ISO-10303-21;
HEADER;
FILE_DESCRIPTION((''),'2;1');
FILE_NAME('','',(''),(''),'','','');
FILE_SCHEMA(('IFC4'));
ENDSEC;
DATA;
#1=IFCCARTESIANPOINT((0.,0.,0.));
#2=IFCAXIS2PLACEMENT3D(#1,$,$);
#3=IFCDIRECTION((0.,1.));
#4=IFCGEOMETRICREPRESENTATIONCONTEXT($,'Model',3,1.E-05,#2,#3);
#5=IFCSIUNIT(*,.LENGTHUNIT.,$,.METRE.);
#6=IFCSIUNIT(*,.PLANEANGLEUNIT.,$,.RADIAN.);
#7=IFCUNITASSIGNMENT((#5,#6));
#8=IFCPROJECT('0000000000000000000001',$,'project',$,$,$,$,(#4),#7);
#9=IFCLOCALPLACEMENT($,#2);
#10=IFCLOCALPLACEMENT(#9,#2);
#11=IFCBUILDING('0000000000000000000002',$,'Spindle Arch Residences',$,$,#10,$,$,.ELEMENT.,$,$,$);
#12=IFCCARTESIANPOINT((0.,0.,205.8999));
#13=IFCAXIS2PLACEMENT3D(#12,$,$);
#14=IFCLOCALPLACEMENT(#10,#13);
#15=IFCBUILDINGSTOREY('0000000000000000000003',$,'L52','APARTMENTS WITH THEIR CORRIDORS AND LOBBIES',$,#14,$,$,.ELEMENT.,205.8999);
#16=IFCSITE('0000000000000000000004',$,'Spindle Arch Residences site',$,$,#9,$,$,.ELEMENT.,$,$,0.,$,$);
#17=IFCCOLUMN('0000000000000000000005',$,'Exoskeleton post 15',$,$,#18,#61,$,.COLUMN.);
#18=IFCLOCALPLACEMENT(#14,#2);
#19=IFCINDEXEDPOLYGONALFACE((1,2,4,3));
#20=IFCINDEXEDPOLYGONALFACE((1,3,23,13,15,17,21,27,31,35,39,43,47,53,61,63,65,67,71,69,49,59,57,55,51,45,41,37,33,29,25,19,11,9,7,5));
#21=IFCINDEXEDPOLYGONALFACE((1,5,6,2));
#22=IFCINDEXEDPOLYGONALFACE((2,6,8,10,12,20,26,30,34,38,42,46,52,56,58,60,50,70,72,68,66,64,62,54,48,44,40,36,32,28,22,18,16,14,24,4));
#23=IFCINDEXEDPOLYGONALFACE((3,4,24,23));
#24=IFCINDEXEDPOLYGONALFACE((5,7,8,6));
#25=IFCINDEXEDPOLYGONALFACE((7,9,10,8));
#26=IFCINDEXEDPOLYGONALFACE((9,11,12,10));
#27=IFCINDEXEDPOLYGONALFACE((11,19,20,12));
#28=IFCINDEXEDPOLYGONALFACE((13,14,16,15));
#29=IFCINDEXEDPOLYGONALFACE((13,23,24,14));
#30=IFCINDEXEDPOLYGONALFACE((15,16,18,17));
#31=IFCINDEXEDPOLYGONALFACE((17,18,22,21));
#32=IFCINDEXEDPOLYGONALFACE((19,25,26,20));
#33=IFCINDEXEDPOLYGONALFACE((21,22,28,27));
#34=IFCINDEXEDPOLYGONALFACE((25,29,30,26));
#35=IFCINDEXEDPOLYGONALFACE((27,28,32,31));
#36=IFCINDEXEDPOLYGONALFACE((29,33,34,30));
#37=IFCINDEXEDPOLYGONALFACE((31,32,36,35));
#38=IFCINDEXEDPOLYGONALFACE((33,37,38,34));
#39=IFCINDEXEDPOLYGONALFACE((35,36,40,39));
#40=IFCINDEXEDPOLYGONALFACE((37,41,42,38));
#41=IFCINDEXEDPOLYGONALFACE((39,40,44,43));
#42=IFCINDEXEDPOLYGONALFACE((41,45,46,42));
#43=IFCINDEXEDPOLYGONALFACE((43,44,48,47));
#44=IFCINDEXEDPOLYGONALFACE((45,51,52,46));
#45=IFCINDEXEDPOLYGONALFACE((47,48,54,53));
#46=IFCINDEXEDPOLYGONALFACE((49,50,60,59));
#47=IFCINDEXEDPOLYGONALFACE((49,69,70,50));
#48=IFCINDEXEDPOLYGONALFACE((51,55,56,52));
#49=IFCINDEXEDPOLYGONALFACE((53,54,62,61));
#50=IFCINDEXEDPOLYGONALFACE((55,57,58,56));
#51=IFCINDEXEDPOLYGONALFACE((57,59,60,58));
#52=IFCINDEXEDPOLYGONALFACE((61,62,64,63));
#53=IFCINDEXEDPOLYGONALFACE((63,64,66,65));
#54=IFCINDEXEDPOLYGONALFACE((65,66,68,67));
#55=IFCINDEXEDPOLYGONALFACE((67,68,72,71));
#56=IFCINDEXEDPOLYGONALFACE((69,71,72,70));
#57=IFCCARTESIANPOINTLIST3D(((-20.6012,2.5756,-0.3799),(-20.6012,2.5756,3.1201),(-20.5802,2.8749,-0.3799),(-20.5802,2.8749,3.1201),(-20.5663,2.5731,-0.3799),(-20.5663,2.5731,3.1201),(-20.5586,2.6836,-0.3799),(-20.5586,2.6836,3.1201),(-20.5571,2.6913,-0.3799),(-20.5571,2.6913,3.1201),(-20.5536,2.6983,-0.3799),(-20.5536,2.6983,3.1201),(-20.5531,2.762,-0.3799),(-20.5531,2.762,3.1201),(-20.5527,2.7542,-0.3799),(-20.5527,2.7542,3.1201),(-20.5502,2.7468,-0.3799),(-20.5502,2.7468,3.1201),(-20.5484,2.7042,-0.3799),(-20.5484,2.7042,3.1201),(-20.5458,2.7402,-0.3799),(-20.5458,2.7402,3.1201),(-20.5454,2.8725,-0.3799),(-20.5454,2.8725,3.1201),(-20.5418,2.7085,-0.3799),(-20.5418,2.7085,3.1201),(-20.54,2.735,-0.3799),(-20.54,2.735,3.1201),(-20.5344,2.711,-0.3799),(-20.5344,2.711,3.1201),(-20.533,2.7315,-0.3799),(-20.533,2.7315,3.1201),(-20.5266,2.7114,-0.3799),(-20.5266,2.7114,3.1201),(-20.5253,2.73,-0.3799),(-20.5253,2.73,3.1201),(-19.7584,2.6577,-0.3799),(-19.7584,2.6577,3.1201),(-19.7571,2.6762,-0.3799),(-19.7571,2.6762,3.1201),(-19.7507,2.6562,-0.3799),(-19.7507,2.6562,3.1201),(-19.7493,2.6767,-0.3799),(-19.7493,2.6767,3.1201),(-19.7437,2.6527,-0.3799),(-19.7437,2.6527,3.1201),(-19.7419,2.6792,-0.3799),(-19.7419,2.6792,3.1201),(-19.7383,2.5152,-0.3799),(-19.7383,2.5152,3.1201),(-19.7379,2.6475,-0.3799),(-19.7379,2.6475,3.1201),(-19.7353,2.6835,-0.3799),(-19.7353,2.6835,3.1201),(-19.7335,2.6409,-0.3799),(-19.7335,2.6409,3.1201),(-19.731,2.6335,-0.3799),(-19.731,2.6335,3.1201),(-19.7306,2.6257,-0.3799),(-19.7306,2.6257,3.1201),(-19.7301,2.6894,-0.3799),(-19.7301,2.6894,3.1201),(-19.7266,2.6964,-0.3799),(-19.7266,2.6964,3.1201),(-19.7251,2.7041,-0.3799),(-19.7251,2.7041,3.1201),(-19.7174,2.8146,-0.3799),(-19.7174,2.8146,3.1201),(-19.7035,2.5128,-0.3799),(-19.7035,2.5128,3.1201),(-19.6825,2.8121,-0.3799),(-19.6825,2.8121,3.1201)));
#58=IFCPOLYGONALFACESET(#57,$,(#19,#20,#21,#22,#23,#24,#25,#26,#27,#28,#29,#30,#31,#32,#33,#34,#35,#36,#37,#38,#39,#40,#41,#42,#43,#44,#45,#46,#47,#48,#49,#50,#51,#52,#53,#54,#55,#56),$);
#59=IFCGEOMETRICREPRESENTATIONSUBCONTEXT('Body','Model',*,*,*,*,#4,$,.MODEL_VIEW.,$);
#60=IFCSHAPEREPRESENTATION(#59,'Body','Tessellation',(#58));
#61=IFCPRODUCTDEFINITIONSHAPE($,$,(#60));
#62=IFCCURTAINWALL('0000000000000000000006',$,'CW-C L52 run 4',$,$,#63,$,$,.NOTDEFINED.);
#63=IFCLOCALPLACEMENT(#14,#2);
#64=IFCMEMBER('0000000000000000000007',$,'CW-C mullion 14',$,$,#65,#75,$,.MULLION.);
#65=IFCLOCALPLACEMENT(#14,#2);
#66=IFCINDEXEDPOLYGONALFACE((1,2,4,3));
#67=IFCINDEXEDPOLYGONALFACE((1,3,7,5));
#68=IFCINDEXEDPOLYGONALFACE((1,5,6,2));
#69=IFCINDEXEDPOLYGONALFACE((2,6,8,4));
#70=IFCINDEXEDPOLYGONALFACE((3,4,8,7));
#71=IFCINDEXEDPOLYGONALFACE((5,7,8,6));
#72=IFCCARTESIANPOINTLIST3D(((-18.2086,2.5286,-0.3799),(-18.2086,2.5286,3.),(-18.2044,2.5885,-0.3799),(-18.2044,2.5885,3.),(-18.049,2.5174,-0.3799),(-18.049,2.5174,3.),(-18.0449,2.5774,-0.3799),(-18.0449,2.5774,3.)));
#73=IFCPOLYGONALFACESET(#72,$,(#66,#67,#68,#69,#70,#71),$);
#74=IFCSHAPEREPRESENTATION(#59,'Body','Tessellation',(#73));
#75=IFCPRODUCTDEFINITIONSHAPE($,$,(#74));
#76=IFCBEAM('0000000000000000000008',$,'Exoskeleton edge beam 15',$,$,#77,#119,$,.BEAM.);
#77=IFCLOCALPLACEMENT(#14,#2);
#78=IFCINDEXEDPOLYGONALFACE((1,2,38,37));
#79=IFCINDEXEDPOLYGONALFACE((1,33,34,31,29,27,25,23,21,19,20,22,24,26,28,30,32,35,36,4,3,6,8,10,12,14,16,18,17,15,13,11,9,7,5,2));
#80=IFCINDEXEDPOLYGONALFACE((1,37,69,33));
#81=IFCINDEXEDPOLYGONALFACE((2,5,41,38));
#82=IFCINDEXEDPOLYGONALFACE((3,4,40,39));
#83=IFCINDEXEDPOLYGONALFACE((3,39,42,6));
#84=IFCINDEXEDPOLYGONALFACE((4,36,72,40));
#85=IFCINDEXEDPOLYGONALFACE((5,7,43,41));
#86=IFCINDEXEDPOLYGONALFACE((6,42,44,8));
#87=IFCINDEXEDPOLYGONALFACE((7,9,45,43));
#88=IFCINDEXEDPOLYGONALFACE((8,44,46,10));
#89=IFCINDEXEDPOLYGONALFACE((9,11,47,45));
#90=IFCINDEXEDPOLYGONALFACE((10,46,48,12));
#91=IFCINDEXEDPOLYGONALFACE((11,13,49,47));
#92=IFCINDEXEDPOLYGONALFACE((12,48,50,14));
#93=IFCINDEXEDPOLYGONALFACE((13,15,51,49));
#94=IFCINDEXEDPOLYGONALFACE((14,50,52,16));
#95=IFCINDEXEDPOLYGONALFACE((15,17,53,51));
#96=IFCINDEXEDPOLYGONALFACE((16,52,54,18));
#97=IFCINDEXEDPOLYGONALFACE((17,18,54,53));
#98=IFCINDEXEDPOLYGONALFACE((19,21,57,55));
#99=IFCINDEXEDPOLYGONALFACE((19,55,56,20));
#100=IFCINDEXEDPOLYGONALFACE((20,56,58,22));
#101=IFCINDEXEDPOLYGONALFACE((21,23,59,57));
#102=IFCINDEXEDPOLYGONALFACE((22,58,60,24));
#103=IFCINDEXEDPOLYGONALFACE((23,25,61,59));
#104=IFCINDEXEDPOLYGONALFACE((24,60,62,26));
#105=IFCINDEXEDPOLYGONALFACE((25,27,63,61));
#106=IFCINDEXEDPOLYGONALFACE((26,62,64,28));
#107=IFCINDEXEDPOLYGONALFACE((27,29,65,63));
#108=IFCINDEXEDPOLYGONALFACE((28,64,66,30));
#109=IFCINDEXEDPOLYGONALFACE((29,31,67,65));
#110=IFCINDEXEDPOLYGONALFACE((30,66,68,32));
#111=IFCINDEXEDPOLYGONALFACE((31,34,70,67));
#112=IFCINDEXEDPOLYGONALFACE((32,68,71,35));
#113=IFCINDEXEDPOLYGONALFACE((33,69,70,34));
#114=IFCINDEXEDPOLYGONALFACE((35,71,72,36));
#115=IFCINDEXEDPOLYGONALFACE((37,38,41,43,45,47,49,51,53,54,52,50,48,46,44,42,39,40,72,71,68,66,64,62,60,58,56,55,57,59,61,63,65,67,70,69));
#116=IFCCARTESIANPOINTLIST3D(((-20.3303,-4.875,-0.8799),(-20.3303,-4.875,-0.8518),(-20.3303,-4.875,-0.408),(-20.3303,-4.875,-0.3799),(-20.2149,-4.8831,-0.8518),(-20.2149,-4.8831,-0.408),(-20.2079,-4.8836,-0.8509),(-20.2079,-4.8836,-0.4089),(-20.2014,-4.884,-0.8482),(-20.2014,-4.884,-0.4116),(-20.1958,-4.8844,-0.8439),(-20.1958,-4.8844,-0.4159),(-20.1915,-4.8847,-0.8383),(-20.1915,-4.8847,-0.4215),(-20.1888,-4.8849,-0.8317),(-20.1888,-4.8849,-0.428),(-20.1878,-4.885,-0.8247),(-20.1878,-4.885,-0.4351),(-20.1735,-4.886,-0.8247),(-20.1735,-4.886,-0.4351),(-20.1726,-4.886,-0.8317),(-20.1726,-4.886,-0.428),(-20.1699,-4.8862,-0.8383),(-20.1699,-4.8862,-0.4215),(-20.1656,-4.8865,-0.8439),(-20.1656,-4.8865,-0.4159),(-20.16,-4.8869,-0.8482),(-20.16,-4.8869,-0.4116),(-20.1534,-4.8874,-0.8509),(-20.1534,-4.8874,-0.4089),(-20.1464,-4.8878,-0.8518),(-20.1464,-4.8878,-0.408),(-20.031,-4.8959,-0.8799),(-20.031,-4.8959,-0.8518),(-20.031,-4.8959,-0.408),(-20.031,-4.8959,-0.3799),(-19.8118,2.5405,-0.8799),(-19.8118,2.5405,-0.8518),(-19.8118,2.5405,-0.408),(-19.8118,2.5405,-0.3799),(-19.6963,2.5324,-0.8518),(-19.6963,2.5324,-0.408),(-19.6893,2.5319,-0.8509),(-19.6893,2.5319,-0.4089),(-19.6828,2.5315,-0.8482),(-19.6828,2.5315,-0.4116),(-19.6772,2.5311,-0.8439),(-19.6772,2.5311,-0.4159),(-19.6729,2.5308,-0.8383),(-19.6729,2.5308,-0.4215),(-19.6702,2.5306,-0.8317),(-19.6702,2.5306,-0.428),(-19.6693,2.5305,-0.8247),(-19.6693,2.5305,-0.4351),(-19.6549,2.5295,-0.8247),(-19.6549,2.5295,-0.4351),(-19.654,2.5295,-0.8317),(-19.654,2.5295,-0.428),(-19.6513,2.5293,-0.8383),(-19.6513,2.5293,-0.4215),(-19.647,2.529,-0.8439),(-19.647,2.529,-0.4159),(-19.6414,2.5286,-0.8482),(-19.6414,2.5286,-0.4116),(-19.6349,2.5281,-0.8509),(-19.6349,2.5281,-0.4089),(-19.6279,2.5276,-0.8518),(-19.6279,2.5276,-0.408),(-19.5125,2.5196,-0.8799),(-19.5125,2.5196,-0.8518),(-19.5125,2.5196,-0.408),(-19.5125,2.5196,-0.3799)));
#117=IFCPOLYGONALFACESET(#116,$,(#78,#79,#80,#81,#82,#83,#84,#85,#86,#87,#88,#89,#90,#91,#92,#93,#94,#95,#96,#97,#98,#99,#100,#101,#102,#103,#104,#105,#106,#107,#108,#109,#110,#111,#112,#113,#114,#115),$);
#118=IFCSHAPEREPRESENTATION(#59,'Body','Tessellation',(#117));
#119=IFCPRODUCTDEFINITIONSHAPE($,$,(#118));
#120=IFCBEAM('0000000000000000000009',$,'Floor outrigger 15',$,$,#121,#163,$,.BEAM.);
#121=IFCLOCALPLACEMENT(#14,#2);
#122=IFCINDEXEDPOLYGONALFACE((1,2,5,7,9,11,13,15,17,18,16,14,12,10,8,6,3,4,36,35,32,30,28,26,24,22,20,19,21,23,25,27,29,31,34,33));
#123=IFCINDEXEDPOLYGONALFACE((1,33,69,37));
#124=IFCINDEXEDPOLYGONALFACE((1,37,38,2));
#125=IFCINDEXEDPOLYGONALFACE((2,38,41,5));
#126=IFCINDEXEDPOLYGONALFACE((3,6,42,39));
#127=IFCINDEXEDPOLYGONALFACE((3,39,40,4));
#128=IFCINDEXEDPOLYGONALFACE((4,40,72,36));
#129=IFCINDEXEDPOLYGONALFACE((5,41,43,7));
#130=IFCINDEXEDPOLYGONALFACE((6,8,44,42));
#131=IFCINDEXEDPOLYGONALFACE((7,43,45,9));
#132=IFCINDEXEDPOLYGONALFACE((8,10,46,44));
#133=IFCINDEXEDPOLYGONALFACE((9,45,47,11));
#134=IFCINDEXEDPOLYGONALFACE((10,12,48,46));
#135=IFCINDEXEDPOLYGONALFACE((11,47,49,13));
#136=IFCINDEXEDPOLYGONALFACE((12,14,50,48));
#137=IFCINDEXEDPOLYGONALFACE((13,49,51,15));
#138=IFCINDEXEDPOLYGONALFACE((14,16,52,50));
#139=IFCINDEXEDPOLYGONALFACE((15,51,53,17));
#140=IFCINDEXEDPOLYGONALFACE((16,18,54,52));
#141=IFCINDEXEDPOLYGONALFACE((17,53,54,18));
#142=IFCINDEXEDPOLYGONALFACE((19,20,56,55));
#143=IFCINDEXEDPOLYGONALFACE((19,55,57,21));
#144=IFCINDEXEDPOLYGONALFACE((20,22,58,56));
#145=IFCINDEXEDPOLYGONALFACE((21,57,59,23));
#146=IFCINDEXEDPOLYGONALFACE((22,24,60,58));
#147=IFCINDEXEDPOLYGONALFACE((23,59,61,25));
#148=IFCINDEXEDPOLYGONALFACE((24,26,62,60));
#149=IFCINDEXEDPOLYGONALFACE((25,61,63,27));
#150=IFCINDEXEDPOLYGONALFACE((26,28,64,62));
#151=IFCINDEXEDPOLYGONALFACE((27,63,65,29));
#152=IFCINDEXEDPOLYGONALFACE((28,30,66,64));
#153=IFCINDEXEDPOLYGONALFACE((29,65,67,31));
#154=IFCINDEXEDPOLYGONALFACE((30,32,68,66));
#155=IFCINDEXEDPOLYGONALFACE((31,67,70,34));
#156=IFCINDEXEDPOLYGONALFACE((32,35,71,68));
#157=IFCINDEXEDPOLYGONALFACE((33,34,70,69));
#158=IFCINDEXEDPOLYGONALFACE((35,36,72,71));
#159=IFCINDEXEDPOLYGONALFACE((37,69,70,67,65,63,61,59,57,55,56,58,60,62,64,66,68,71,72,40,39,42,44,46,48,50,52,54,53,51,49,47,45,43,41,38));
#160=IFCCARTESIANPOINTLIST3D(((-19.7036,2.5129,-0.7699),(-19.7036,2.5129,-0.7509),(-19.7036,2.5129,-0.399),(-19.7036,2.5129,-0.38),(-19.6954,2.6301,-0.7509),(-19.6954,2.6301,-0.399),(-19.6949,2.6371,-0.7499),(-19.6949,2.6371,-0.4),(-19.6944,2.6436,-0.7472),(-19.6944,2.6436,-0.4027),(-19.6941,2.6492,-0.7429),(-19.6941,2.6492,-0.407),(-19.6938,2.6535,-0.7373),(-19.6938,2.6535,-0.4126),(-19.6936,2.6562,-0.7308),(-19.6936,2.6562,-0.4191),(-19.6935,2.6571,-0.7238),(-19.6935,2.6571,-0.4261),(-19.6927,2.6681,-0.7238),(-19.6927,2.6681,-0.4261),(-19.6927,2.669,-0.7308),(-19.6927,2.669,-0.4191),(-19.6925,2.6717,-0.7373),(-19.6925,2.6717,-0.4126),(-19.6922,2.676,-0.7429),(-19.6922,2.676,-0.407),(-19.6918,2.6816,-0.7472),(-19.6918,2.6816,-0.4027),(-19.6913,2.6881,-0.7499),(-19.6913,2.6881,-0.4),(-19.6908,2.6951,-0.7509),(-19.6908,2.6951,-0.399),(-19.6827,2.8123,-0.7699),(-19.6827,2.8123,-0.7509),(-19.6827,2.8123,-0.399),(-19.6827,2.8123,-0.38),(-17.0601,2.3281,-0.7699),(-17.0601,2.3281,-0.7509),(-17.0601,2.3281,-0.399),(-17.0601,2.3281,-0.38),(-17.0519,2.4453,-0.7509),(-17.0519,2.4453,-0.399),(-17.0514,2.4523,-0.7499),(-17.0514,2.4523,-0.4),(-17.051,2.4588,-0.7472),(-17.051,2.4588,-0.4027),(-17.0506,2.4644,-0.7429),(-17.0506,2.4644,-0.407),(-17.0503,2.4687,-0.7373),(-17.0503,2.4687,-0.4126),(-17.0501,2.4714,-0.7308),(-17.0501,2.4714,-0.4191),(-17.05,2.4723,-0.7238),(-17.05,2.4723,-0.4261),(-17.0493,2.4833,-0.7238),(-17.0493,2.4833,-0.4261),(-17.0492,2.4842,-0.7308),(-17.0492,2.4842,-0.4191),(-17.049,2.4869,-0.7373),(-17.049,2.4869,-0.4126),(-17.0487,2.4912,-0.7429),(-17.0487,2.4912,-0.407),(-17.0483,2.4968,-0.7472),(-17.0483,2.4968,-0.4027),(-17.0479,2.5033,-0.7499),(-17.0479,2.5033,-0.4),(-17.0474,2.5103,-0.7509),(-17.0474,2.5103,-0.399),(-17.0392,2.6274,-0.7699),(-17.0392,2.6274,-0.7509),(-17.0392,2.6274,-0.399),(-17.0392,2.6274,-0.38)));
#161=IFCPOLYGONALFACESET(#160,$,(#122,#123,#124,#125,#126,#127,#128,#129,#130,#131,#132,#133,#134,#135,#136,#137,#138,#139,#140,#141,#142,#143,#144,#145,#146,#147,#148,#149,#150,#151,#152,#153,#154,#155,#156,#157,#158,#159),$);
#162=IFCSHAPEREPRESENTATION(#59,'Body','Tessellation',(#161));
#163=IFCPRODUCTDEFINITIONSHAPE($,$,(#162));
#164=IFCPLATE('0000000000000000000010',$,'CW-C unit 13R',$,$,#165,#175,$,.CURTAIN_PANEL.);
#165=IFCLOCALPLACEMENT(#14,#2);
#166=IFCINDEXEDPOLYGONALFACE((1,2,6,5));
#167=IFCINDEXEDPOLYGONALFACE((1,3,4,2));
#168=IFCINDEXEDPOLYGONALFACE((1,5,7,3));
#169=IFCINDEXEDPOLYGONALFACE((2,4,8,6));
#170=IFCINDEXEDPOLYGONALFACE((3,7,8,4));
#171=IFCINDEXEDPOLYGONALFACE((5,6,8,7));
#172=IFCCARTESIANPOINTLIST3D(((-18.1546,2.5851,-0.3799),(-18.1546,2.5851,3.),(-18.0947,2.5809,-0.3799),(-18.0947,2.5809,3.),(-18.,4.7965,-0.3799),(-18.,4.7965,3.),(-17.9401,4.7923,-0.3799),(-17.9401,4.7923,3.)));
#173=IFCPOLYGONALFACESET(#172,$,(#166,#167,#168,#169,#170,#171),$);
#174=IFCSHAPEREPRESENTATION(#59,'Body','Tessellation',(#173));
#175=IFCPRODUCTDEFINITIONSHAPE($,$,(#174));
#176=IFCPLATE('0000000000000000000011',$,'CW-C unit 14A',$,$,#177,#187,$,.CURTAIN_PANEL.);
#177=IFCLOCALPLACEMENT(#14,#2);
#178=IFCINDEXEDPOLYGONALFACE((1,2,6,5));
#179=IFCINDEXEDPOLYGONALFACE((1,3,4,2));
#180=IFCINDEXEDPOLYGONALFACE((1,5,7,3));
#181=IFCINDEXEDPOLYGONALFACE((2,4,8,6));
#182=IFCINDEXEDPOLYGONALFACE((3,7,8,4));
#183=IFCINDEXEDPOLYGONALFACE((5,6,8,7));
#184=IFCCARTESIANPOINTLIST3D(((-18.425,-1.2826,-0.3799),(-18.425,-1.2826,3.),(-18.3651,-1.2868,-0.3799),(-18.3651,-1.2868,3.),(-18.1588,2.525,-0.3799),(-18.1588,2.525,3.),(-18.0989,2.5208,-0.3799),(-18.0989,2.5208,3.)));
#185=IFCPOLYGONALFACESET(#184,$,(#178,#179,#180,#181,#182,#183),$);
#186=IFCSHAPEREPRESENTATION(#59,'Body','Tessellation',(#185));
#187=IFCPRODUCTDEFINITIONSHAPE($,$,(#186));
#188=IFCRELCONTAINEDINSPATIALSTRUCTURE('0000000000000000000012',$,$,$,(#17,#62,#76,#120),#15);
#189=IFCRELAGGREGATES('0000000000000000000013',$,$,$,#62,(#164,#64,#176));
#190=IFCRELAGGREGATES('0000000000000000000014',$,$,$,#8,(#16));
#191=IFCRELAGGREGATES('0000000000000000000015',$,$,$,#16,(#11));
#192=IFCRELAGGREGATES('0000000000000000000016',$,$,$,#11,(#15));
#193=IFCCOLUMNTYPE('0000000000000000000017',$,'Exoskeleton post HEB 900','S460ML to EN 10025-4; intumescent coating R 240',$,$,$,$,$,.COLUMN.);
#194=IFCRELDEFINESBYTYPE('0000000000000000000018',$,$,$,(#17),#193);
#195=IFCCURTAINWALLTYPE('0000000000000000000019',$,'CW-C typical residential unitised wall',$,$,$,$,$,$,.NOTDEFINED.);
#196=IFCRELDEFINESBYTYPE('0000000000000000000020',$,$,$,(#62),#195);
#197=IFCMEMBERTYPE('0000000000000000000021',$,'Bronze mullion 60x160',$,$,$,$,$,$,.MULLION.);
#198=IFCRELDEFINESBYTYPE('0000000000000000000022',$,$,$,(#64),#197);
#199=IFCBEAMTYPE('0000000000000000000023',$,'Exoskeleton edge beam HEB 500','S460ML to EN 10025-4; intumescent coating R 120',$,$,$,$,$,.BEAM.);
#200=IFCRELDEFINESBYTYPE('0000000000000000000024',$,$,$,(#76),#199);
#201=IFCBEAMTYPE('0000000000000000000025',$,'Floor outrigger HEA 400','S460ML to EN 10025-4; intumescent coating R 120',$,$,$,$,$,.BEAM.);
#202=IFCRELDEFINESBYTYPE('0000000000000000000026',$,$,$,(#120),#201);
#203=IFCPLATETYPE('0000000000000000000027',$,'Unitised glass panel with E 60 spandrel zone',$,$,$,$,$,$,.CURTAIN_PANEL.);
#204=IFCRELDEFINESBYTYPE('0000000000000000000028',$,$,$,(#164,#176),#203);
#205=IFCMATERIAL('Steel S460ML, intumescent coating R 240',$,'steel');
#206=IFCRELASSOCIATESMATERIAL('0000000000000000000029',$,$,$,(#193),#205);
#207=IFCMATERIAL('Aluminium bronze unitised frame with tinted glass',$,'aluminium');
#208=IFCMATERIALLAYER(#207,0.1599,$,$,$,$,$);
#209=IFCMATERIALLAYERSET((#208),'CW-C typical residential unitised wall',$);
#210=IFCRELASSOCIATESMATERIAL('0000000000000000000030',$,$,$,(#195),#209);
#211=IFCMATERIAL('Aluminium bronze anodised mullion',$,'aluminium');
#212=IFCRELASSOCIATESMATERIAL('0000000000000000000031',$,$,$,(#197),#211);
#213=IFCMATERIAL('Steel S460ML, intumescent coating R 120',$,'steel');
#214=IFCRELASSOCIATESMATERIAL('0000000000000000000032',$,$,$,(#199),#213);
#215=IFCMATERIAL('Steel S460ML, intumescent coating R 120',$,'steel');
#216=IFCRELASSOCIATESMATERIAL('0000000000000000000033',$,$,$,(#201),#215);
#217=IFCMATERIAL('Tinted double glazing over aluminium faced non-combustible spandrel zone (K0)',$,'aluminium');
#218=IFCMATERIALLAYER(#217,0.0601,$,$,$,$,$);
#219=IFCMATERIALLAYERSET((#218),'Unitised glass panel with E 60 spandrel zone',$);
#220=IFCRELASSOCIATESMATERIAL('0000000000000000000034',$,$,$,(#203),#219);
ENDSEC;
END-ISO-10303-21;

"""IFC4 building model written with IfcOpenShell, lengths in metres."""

from ifc_helpers import new_model, si_unit, direction, frame, origin, origin_2d, place, context, subcontext, project, spatial, rectangle, i_section, extrude, material, layer, layer_set, material_profile, profile_set, type_object, element, aggregate, save


model = new_model("IFC4")

# Units and contexts
model_context = context("Model", 3, precision=1e-05, world=origin(), true_north=direction((0.0, 1.0)))
body_context = subcontext(model_context, "Body", "Model", "MODEL_VIEW")
ifc_project = project(units=[si_unit("LENGTHUNIT", "METRE"), si_unit("PLANEANGLEUNIT", "RADIAN")], contexts=[model_context])

# Site, building, storey
site_placement = place(None, origin())
site = spatial("IfcSite", under=ifc_project, at=site_placement, Name="Spindle Arch Residences site", CompositionType="ELEMENT", RefElevation=0.0)
building_placement = place(site_placement, origin())
building = spatial("IfcBuilding", under=site, at=building_placement, Name="Spindle Arch Residences", CompositionType="ELEMENT")
storey_placement = place(building_placement, frame((0.0, 0.0, 205.8999)))
storey = spatial("IfcBuildingStorey", under=building, at=storey_placement, Name="L52", Description="APARTMENTS WITH THEIR CORRIDORS AND LOBBIES", CompositionType="ELEMENT", Elevation=205.8999)

# Column
ifc_material_1 = material(Name="Steel S460ML, intumescent coating R 240", Category="steel")
ifc_material_profile_1 = material_profile(ifc_material_1, i_section(OverallWidth=0.3, OverallDepth=0.8999, WebThickness=0.0186, FlangeThickness=0.0349, FilletRadius=0.03, at=origin_2d()), Name="HEB 900")
ifc_profile_set_1 = profile_set([ifc_material_profile_1], Name="Steel S460ML, intumescent coating R 240")
column_type = type_object("IfcColumnType", Name="Exoskeleton post HEB 900", Description="S460ML to EN 10025-4; intumescent coating R 240", PredefinedType="COLUMN", material=ifc_profile_set_1)
column_placement = place(storey_placement, frame((-20.1418, 2.6938, -0.3799), z_axis=(0.0, 0.0, 1.0), x_axis=(0.069756, 0.997564, 0.0)))
element("IfcColumn", 1, at=column_placement, inside=storey, type_object=column_type, Name="Exoskeleton post 15", PredefinedType="COLUMN", context=body_context, shape_type="SweptSolid", body=[
    extrude(i_section(OverallWidth=0.3, OverallDepth=0.8999, WebThickness=0.0186, FlangeThickness=0.0349, FilletRadius=0.03, at=origin_2d()), origin(), (0.0, 0.0, 1.0), 3.5),
])

# Curtain wall, member
ifc_material_2 = material(Name="Aluminium bronze unitised frame with tinted glass", Category="aluminium")
ifc_layer_1 = layer(ifc_material_2, 0.1599)
ifc_layer_set_1 = layer_set([ifc_layer_1], Name="CW-C typical residential unitised wall")
curtain_wall_type = type_object("IfcCurtainWallType", Name="CW-C typical residential unitised wall", PredefinedType="NOTDEFINED", material=ifc_layer_set_1)
curtain_wall_placement = place(storey_placement, origin())
curtain_wall = element("IfcCurtainWall", 2, at=curtain_wall_placement, inside=storey, type_object=curtain_wall_type, Name="CW-C L52 run 4", PredefinedType="NOTDEFINED")
ifc_material_3 = material(Name="Aluminium bronze anodised mullion", Category="aluminium")
ifc_material_profile_2 = material_profile(ifc_material_3, rectangle(XDim=0.1599, YDim=0.0601, at=origin_2d()), Name="MU 60x160")
ifc_profile_set_2 = profile_set([ifc_material_profile_2], Name="Aluminium bronze anodised mullion")
member_type = type_object("IfcMemberType", Name="Bronze mullion 60x160", PredefinedType="MULLION", material=ifc_profile_set_2)
member_placement = place(storey_placement, frame((-18.1267, 2.553, -0.3799), z_axis=(0.0, 0.0, 1.0), x_axis=(0.997564, -0.069756, 0.0)))
member = element("IfcMember", 3, at=member_placement, type_object=member_type, Name="CW-C mullion 14", PredefinedType="MULLION", context=body_context, shape_type="SweptSolid", body=[
    extrude(rectangle(XDim=0.1599, YDim=0.0601, at=origin_2d()), origin(), (0.0, 0.0, 1.0), 3.3799),
])

# Beams
ifc_material_4 = material(Name="Steel S460ML, intumescent coating R 120", Category="steel")
ifc_material_profile_3 = material_profile(ifc_material_4, i_section(OverallWidth=0.3, OverallDepth=0.5, WebThickness=0.0144, FlangeThickness=0.0281, FilletRadius=0.0271, at=origin_2d()), Name="HEB 500")
ifc_profile_set_3 = profile_set([ifc_material_profile_3], Name="Steel S460ML, intumescent coating R 120")
beam_type_1 = type_object("IfcBeamType", Name="Exoskeleton edge beam HEB 500", Description="S460ML to EN 10025-4; intumescent coating R 120", PredefinedType="BEAM", material=ifc_profile_set_3)
beam_1_placement = place(storey_placement, frame((-19.6621, 2.53, -0.6299), z_axis=(-0.069758, -0.997564, 0.0), x_axis=(0.997564, -0.069758, 0.0)))
element("IfcBeam", 4, at=beam_1_placement, inside=storey, type_object=beam_type_1, Name="Exoskeleton edge beam 15", PredefinedType="BEAM", context=body_context, shape_type="SweptSolid", body=[
    extrude(i_section(OverallWidth=0.3, OverallDepth=0.5, WebThickness=0.0144, FlangeThickness=0.0281, FilletRadius=0.0271, at=origin_2d()), origin(), (0.0, 0.0, 1.0), 7.4336),
])
ifc_material_5 = material(Name="Steel S460ML, intumescent coating R 120", Category="steel")
ifc_material_profile_4 = material_profile(ifc_material_5, i_section(OverallWidth=0.3, OverallDepth=0.3899, WebThickness=0.011, FlangeThickness=0.019, FilletRadius=0.0271, at=origin_2d()), Name="HEA 400")
ifc_profile_set_4 = profile_set([ifc_material_profile_4], Name="Steel S460ML, intumescent coating R 120")
beam_type_2 = type_object("IfcBeamType", Name="Floor outrigger HEA 400", Description="S460ML to EN 10025-4; intumescent coating R 120", PredefinedType="BEAM", material=ifc_profile_set_4)
beam_2_placement = place(storey_placement, frame((-19.6931, 2.6626, -0.575), z_axis=(0.997565, -0.069741, 0.0), x_axis=(0.069741, 0.997565, 0.0)))
element("IfcBeam", 5, at=beam_2_placement, inside=storey, type_object=beam_type_2, Name="Floor outrigger 15", PredefinedType="BEAM", context=body_context, shape_type="SweptSolid", body=[
    extrude(i_section(OverallWidth=0.3, OverallDepth=0.3899, WebThickness=0.011, FlangeThickness=0.019, FilletRadius=0.0271, at=origin_2d()), origin(), (0.0, 0.0, 1.0), 2.6499),
])

# Plates
ifc_material_6 = material(Name="Tinted double glazing over aluminium faced non-combustible spandrel zone (K0)", Category="aluminium")
ifc_layer_2 = layer(ifc_material_6, 0.0601)
ifc_layer_set_2 = layer_set([ifc_layer_2], Name="Unitised glass panel with E 60 spandrel zone")
plate_type = type_object("IfcPlateType", Name="Unitised glass panel with E 60 spandrel zone", PredefinedType="CURTAIN_PANEL", material=ifc_layer_set_2)
plate_1_placement = place(storey_placement, frame((-18.0474, 3.6887, -0.3799), z_axis=(0.0, 0.0, 1.0), x_axis=(-0.069756, -0.997564, 0.0)))
plate_1 = element("IfcPlate", 6, at=plate_1_placement, type_object=plate_type, Name="CW-C unit 13R", PredefinedType="CURTAIN_PANEL", context=body_context, shape_type="SweptSolid", body=[
    extrude(rectangle(XDim=2.2168, YDim=0.0601, at=origin_2d()), origin(), (0.0, 0.0, 1.0), 3.3799),
])
plate_2_placement = place(storey_placement, frame((-18.262, 0.6191, -0.3799), z_axis=(0.0, 0.0, 1.0), x_axis=(-0.069756, -0.997564, 0.0)))
plate_2 = element("IfcPlate", 7, at=plate_2_placement, type_object=plate_type, Name="CW-C unit 14A", PredefinedType="CURTAIN_PANEL", context=body_context, shape_type="SweptSolid", body=[
    extrude(rectangle(XDim=3.8169, YDim=0.0601, at=origin_2d()), origin(), (0.0, 0.0, 1.0), 3.3799),
])
aggregate(curtain_wall, [plate_1, member, plate_2])

save(model, "model.ifc")
